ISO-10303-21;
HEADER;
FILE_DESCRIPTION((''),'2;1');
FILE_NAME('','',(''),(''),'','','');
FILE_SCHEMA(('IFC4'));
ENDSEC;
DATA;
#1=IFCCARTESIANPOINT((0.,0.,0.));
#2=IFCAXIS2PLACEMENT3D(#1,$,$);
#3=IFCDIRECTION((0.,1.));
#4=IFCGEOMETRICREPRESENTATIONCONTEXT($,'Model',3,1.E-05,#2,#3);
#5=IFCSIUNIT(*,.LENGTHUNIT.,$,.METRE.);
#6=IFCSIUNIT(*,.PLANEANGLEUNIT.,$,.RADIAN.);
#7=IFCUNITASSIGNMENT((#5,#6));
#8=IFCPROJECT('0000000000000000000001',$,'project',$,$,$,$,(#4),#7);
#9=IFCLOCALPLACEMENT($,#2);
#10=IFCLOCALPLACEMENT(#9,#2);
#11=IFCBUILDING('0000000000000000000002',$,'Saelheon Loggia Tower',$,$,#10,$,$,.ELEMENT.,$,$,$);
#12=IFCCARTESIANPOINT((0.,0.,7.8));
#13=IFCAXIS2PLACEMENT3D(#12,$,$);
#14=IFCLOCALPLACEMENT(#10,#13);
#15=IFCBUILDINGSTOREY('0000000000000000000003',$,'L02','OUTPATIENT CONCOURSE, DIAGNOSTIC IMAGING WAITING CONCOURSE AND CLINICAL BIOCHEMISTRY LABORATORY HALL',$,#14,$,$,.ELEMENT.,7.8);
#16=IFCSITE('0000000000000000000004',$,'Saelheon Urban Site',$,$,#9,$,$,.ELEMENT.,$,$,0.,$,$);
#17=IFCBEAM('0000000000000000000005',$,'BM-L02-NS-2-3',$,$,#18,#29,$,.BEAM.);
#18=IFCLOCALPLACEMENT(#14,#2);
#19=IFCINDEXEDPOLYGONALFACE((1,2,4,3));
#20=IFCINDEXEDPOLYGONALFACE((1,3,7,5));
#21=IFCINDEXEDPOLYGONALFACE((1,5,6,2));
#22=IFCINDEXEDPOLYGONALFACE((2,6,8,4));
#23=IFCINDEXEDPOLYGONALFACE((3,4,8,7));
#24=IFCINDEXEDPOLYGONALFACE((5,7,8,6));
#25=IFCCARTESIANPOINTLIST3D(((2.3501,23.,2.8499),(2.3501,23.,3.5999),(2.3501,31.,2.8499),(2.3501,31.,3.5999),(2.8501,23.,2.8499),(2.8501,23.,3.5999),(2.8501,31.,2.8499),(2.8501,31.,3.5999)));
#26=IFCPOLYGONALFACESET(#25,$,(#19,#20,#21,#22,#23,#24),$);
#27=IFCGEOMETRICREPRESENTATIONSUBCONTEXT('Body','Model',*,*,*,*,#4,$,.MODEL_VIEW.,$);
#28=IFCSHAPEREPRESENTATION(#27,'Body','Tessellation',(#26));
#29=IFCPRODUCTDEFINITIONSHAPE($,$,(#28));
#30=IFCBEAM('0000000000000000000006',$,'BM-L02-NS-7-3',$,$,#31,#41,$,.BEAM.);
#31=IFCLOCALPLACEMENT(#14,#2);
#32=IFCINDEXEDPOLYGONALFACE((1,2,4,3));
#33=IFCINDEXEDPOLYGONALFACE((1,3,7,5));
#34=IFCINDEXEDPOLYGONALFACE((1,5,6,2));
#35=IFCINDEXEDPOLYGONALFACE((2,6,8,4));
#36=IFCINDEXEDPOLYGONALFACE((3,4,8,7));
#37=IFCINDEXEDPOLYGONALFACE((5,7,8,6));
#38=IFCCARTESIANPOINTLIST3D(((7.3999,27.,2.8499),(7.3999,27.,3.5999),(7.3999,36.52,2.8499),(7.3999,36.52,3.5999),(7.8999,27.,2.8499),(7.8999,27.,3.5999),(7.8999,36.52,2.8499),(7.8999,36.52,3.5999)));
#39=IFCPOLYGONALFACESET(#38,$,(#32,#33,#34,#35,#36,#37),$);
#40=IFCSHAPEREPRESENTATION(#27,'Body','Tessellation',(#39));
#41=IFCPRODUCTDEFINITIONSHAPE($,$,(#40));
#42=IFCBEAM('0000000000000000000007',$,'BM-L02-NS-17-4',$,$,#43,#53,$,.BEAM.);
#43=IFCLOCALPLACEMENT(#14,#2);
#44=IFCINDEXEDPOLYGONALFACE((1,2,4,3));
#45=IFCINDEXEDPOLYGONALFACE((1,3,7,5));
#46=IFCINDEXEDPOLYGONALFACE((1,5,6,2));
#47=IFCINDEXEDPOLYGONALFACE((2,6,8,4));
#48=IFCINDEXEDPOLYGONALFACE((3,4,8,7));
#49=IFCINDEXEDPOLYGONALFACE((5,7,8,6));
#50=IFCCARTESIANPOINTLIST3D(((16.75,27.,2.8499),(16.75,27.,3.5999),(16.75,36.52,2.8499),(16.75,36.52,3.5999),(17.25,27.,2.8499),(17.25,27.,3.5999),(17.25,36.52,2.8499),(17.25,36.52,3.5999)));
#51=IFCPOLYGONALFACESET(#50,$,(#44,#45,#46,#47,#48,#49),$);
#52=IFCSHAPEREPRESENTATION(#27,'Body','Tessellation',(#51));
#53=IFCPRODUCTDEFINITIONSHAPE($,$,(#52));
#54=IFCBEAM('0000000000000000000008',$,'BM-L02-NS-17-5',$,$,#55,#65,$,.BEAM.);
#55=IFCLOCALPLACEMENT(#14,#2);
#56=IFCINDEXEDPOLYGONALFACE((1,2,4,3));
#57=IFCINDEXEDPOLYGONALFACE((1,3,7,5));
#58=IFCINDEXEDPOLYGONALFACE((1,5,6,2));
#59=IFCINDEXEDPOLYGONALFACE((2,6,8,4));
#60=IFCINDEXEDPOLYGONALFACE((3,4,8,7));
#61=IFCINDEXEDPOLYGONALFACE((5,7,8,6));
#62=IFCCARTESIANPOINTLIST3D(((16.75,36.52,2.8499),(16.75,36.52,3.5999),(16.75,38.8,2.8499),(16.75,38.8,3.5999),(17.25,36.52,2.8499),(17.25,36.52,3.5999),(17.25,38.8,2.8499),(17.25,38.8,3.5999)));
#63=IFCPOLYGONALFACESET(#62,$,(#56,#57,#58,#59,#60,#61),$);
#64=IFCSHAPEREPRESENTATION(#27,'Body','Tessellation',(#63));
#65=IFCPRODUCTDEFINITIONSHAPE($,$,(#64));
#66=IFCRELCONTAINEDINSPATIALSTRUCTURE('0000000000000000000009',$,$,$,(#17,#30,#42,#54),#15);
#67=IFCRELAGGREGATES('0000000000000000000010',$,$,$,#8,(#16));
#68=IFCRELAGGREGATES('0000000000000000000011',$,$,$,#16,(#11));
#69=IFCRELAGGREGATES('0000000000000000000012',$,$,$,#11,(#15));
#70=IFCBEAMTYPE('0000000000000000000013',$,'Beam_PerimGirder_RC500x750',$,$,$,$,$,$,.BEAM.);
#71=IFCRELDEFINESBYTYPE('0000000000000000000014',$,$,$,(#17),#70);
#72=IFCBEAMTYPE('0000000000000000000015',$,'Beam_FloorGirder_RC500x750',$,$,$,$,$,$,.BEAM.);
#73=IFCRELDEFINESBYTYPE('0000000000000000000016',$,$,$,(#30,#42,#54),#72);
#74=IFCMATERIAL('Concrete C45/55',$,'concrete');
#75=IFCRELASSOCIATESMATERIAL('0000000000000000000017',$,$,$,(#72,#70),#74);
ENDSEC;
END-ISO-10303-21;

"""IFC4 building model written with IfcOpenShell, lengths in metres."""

from ifc_helpers import new_model, si_unit, direction, frame, origin, origin_2d, place, context, subcontext, project, spatial, rectangle, extrude, source, transform, mapped, material, material_profile, profile_set, type_object, element, save


model = new_model("IFC4")

# Units and contexts
model_context = context("Model", 3, precision=1e-05, world=origin(), true_north=direction((0.0, 1.0)))
body_context = subcontext(model_context, "Body", "Model", "MODEL_VIEW")
ifc_project = project(units=[si_unit("LENGTHUNIT", "METRE"), si_unit("PLANEANGLEUNIT", "RADIAN")], contexts=[model_context])

# Site, building, storey
site_placement = place(None, origin())
site = spatial("IfcSite", under=ifc_project, at=site_placement, Name="Saelheon Urban Site", CompositionType="ELEMENT", RefElevation=0.0)
building_placement = place(site_placement, origin())
building = spatial("IfcBuilding", under=site, at=building_placement, Name="Saelheon Loggia Tower", CompositionType="ELEMENT")
storey_placement = place(building_placement, frame((0.0, 0.0, 7.8)))
storey = spatial("IfcBuildingStorey", under=building, at=storey_placement, Name="L02", Description="OUTPATIENT CONCOURSE, DIAGNOSTIC IMAGING WAITING CONCOURSE AND CLINICAL BIOCHEMISTRY LABORATORY HALL", CompositionType="ELEMENT", Elevation=7.8)

# Shared definitions
ifc_material_1 = material(Name="Concrete C45/55", Category="concrete")

# Beams
ifc_material_profile_1 = material_profile(ifc_material_1, rectangle(XDim=0.5, YDim=0.75, at=origin_2d()), Name="RC-500x750")
ifc_profile_set_1 = profile_set([ifc_material_profile_1], Name="Concrete C45/55")
beam_type_1 = type_object("IfcBeamType", Name="Beam_FloorGirder_RC500x750", PredefinedType="BEAM", material=ifc_profile_set_1)
ifc_material_profile_2 = material_profile(ifc_material_1, rectangle(XDim=0.5, YDim=0.75, at=origin_2d()), Name="RC-500x750")
ifc_profile_set_2 = profile_set([ifc_material_profile_2], Name="Concrete C45/55")
beam_type_2 = type_object("IfcBeamType", Name="Beam_PerimGirder_RC500x750", PredefinedType="BEAM", material=ifc_profile_set_2)
shared_shape_1 = source(origin(), body_context, "Body", "SweptSolid", [
    extrude(rectangle(XDim=0.5, YDim=0.75, at=origin_2d()), origin(), (0.0, 0.0, 1.0), 8.0),
])
beam_1_placement = place(storey_placement, frame((2.6001, 23.0, 3.2249), z_axis=(0.0, 1.0, 0.0), x_axis=(-1.0, 0.0, 0.0)))
element("IfcBeam", 1, at=beam_1_placement, inside=storey, type_object=beam_type_2, Name="BM-L02-NS-2-3", PredefinedType="BEAM", context=body_context, shape_type="MappedRepresentation", body=[
    mapped(shared_shape_1, transform((0.0, 0.0, 0.0), scale=1.0)),
])
shared_shape_2 = source(origin(), body_context, "Body", "SweptSolid", [
    extrude(rectangle(XDim=0.5, YDim=0.75, at=origin_2d()), origin(), (0.0, 0.0, 1.0), 9.52),
])
for number, where, z_axis, x_axis, name in (
    (2, (7.6499, 27.0, 3.2249), (0.0, 1.0, 0.0), (-1.0, 0.0, 0.0), "BM-L02-NS-7-3"),
    (3, (17.0, 27.0, 3.2249), (0.0, 1.0, 0.0), (-1.0, 0.0, 0.0), "BM-L02-NS-17-4"),
):
    element("IfcBeam", number, at=place(storey_placement, frame(where, z_axis=z_axis, x_axis=x_axis)), inside=storey, type_object=beam_type_1, Name=name, PredefinedType="BEAM", context=body_context, shape_type="MappedRepresentation", body=[
        mapped(shared_shape_2, transform((0.0, 0.0, 0.0), scale=1.0)),
    ])
shared_shape_3 = source(origin(), body_context, "Body", "SweptSolid", [
    extrude(rectangle(XDim=0.5, YDim=0.75, at=origin_2d()), origin(), (0.0, 0.0, 1.0), 2.28),
])
beam_2_placement = place(storey_placement, frame((17.0, 36.52, 3.2249), z_axis=(0.0, 1.0, 0.0), x_axis=(-1.0, 0.0, 0.0)))
element("IfcBeam", 4, at=beam_2_placement, inside=storey, type_object=beam_type_1, Name="BM-L02-NS-17-5", PredefinedType="BEAM", context=body_context, shape_type="MappedRepresentation", body=[
    mapped(shared_shape_3, transform((0.0, 0.0, 0.0), scale=1.0)),
])

save(model, "model.ifc")
